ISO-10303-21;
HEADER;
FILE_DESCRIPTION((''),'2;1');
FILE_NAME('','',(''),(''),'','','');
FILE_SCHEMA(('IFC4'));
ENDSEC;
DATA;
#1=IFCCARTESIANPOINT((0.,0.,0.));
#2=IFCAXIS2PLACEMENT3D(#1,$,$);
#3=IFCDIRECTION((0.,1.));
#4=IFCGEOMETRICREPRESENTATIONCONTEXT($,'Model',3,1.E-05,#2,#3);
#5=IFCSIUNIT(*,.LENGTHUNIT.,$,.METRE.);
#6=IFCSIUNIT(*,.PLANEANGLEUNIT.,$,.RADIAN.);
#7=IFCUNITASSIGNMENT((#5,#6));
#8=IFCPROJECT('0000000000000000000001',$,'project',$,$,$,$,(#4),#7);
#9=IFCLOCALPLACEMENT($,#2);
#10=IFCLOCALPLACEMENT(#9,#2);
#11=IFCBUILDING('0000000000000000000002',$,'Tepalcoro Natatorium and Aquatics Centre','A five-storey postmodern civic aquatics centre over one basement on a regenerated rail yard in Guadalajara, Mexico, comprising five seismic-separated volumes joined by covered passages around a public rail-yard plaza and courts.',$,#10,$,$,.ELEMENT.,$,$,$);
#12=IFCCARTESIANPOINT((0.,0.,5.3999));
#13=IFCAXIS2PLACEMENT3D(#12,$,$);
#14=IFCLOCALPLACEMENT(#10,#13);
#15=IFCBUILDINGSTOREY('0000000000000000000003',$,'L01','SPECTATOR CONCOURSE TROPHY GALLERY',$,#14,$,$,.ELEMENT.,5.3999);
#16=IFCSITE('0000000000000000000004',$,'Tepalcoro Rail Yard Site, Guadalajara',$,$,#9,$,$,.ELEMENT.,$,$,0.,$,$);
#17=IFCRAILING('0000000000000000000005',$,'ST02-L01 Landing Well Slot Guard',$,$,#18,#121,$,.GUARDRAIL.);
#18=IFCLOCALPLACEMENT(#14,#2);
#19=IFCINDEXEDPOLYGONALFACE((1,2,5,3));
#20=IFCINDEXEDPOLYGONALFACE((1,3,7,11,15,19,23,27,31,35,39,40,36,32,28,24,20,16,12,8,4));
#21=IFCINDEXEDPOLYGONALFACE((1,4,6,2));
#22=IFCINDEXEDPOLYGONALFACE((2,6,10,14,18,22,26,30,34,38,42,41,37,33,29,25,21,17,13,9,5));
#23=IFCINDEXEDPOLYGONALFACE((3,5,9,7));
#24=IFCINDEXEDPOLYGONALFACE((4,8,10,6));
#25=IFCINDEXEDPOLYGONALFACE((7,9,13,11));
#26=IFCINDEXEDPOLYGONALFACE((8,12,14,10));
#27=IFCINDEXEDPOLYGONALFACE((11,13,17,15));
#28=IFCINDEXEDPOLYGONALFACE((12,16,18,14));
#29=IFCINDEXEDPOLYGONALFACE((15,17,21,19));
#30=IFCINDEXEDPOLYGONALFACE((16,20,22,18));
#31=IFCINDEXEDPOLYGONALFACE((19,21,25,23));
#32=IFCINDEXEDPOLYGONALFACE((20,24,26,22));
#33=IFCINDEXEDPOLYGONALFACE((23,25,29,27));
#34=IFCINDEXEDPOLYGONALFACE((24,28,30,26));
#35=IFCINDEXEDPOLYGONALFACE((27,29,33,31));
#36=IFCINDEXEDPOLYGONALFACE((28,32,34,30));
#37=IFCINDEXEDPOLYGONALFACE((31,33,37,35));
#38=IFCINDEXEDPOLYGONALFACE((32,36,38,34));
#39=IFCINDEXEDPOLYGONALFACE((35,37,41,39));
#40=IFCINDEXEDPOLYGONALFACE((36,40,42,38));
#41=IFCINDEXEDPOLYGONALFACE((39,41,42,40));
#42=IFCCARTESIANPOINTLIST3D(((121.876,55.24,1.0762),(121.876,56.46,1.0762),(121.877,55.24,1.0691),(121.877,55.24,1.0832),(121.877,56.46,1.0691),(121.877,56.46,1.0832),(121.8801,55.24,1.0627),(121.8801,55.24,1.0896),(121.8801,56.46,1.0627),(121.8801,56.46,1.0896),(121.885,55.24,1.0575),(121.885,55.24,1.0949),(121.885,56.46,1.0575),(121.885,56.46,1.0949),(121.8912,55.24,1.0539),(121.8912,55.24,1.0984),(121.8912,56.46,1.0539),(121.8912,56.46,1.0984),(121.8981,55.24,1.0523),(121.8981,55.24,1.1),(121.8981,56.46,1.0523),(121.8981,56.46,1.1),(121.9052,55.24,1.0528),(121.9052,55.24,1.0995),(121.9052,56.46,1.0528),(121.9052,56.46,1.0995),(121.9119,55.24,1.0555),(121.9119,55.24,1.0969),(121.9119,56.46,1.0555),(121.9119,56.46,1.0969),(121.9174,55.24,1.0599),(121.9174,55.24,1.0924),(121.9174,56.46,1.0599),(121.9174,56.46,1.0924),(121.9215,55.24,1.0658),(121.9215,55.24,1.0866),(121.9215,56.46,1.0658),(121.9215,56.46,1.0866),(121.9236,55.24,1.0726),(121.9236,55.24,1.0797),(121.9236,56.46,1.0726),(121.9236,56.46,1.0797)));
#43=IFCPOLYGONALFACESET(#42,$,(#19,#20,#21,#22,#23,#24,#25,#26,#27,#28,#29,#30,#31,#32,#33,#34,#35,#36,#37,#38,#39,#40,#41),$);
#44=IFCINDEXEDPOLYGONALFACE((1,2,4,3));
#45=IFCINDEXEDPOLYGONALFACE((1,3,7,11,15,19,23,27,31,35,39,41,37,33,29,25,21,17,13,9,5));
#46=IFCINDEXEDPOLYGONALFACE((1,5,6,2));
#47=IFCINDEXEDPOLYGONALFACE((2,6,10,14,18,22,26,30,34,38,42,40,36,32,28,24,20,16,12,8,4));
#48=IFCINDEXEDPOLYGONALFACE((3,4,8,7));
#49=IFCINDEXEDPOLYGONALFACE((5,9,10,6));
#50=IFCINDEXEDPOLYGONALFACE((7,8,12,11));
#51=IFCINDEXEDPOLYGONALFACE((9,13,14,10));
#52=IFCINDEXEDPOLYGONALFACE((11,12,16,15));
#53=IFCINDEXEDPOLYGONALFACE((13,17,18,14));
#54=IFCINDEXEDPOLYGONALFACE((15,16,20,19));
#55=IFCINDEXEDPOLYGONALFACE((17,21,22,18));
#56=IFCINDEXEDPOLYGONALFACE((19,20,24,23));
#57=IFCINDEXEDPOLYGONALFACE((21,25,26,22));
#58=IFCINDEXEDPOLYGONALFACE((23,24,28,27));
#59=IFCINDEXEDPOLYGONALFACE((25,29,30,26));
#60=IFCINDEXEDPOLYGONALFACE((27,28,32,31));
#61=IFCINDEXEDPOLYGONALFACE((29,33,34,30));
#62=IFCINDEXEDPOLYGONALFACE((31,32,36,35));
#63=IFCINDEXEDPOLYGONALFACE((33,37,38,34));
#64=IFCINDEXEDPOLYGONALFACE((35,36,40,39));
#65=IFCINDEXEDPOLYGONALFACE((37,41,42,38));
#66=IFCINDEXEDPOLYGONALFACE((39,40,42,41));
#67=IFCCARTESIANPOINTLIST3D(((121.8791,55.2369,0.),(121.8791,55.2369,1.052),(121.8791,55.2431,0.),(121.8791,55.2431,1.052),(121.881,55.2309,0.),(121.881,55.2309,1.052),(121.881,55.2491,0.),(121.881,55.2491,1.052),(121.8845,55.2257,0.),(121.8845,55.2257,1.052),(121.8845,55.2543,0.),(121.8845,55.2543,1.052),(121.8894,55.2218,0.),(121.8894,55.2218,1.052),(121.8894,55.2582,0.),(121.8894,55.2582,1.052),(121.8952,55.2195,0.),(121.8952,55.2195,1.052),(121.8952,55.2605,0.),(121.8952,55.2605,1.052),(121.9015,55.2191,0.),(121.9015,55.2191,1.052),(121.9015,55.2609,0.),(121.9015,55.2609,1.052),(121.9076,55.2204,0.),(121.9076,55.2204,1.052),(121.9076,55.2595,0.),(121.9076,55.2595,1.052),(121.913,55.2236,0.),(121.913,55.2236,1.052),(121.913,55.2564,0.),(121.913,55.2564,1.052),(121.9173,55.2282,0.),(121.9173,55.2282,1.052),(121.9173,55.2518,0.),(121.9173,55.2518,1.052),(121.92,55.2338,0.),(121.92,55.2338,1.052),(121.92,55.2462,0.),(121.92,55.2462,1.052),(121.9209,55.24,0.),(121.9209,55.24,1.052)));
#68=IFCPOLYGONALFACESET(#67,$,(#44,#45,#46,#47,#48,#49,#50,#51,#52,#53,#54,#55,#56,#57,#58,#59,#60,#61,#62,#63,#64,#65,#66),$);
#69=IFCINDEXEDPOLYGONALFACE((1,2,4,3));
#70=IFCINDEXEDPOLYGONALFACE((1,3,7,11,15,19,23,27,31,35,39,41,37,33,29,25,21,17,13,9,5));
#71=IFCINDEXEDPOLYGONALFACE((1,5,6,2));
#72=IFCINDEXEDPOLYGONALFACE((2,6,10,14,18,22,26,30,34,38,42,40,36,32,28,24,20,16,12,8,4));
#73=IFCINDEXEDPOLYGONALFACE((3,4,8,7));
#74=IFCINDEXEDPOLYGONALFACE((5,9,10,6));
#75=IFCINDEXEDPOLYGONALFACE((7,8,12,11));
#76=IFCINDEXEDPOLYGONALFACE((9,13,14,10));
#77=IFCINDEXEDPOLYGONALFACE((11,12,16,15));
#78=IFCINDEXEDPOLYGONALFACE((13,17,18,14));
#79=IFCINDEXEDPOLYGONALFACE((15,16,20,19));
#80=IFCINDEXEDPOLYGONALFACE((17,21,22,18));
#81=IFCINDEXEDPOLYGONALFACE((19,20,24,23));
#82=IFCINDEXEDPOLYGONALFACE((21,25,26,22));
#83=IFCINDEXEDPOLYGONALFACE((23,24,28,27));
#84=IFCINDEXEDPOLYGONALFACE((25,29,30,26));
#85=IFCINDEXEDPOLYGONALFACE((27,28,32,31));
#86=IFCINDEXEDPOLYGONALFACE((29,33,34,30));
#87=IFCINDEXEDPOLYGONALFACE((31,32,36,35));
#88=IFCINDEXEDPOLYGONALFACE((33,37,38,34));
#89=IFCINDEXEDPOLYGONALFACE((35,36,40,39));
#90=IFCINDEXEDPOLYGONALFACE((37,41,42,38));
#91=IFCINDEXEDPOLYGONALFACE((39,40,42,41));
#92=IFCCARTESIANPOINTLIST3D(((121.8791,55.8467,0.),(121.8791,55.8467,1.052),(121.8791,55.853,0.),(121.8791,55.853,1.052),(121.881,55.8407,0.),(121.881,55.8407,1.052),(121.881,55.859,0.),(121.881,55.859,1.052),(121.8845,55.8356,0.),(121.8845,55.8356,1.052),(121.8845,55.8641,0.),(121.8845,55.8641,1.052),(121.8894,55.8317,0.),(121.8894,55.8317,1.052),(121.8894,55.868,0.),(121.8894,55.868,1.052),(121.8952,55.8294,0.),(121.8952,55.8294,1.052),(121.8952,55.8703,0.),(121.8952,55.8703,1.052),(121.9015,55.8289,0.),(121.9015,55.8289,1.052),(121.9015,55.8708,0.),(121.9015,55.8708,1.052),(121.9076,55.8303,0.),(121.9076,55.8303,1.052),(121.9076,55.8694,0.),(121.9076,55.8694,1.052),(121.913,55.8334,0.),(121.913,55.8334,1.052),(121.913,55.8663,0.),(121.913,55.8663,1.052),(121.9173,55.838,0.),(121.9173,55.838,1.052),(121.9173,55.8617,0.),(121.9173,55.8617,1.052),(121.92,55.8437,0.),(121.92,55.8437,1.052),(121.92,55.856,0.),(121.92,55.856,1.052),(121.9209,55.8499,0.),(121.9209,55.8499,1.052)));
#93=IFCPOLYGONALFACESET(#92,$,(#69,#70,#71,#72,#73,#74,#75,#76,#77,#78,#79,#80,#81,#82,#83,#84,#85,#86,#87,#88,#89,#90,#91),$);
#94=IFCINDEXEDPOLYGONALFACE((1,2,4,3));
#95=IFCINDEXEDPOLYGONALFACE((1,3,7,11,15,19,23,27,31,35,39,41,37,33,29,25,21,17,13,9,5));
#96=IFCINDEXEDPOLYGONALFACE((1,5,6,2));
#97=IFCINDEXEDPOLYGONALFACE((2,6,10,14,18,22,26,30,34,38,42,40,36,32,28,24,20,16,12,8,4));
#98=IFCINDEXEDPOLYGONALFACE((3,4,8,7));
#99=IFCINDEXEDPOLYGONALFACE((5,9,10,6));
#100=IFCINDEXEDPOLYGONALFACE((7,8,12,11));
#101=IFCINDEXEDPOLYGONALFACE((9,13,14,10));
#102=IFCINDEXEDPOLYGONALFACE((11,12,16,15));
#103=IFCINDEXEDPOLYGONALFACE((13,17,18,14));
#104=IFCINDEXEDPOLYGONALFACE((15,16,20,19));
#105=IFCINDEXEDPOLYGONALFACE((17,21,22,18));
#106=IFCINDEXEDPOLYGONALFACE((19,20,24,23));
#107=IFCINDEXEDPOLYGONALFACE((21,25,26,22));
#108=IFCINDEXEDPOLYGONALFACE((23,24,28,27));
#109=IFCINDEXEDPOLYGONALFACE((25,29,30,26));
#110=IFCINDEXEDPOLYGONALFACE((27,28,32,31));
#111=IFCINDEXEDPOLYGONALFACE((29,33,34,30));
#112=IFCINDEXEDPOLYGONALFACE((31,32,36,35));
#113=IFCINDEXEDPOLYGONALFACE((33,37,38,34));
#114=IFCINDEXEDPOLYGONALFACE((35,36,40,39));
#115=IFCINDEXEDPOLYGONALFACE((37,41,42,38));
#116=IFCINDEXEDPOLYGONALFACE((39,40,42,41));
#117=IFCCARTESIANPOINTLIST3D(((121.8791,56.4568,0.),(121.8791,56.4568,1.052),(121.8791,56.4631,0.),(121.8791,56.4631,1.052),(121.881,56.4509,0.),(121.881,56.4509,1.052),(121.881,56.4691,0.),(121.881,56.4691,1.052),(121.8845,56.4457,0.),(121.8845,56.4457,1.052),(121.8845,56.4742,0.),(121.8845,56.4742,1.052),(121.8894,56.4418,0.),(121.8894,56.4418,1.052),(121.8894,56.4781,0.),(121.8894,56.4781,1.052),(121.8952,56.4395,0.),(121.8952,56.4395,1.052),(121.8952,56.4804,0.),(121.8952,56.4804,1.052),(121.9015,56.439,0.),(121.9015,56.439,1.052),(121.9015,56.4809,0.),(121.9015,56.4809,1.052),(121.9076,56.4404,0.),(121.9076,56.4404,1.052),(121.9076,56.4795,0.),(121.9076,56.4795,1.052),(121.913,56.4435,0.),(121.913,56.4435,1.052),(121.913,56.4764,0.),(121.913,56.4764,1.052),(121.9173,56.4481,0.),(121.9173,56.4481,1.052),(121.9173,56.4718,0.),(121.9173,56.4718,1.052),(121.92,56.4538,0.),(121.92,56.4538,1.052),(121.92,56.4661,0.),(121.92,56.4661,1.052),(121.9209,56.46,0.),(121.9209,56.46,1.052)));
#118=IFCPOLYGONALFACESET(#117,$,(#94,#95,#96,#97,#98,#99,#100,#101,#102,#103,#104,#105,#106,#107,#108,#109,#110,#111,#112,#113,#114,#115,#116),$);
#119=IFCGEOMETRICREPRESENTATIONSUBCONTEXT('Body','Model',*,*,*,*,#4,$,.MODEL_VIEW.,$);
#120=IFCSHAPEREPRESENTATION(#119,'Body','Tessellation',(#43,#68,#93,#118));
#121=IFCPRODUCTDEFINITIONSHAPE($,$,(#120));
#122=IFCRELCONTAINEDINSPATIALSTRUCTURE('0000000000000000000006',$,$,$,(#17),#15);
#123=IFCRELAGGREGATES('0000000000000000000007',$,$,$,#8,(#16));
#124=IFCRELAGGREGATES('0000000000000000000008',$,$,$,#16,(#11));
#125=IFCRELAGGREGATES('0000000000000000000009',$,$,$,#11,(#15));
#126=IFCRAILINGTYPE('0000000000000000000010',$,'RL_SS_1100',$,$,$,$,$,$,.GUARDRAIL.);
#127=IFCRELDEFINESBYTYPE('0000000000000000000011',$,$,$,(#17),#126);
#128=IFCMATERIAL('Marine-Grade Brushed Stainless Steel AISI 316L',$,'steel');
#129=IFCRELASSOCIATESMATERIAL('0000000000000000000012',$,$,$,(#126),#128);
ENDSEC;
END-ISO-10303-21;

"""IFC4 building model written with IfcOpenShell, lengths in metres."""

from ifc_helpers import new_model, si_unit, direction, frame, origin, origin_2d, place, context, subcontext, project, spatial, circle, extrude, material, type_object, element, save


model = new_model("IFC4")

# Units and contexts
model_context = context("Model", 3, precision=1e-05, world=origin(), true_north=direction((0.0, 1.0)))
body_context = subcontext(model_context, "Body", "Model", "MODEL_VIEW")
ifc_project = project(units=[si_unit("LENGTHUNIT", "METRE"), si_unit("PLANEANGLEUNIT", "RADIAN")], contexts=[model_context])

# Site, building, storey
site_placement = place(None, origin())
site = spatial("IfcSite", under=ifc_project, at=site_placement, Name="Tepalcoro Rail Yard Site, Guadalajara", CompositionType="ELEMENT", RefElevation=0.0)
building_placement = place(site_placement, origin())
building = spatial("IfcBuilding", under=site, at=building_placement, Name="Tepalcoro Natatorium and Aquatics Centre", Description="A five-storey postmodern civic aquatics centre over one basement on a regenerated rail yard in Guadalajara, Mexico, comprising five seismic-separated volumes joined by covered passages around a public rail-yard plaza and courts.", CompositionType="ELEMENT")
storey_placement = place(building_placement, frame((0.0, 0.0, 5.3999)))
storey = spatial("IfcBuildingStorey", under=building, at=storey_placement, Name="L01", Description="SPECTATOR CONCOURSE TROPHY GALLERY", CompositionType="ELEMENT", Elevation=5.3999)

# Railing
ifc_material_1 = material(Name="Marine-Grade Brushed Stainless Steel AISI 316L", Category="steel")
railing_type_1 = type_object("IfcRailingType", Name="RL_SS_1100", PredefinedType="GUARDRAIL", material=ifc_material_1)
railing_1_placement = place(storey_placement, frame((121.8999, 55.24, 0.0)))
element("IfcRailing", 1, at=railing_1_placement, inside=storey, type_object=railing_type_1, Name="ST02-L01 Landing Well Slot Guard", PredefinedType="GUARDRAIL", context=body_context, shape_type="SweptSolid", body=[
    extrude(circle(Radius=0.0239, at=origin_2d()), frame((0.0, 0.0, 1.0762), z_axis=(0.0, 1.0, 0.0), x_axis=(-1.0, 0.0, 0.0)), (0.0, 0.0, 1.0), 1.22),
    extrude(circle(Radius=0.021, at=origin_2d()), origin(), (0.0, 0.0, 1.0), 1.052),
    extrude(circle(Radius=0.021, at=origin_2d()), frame((0.0, 0.6099, 0.0)), (0.0, 0.0, 1.0), 1.052),
    extrude(circle(Radius=0.021, at=origin_2d()), frame((0.0, 1.22, 0.0)), (0.0, 0.0, 1.0), 1.052),
])

save(model, "model.ifc")
